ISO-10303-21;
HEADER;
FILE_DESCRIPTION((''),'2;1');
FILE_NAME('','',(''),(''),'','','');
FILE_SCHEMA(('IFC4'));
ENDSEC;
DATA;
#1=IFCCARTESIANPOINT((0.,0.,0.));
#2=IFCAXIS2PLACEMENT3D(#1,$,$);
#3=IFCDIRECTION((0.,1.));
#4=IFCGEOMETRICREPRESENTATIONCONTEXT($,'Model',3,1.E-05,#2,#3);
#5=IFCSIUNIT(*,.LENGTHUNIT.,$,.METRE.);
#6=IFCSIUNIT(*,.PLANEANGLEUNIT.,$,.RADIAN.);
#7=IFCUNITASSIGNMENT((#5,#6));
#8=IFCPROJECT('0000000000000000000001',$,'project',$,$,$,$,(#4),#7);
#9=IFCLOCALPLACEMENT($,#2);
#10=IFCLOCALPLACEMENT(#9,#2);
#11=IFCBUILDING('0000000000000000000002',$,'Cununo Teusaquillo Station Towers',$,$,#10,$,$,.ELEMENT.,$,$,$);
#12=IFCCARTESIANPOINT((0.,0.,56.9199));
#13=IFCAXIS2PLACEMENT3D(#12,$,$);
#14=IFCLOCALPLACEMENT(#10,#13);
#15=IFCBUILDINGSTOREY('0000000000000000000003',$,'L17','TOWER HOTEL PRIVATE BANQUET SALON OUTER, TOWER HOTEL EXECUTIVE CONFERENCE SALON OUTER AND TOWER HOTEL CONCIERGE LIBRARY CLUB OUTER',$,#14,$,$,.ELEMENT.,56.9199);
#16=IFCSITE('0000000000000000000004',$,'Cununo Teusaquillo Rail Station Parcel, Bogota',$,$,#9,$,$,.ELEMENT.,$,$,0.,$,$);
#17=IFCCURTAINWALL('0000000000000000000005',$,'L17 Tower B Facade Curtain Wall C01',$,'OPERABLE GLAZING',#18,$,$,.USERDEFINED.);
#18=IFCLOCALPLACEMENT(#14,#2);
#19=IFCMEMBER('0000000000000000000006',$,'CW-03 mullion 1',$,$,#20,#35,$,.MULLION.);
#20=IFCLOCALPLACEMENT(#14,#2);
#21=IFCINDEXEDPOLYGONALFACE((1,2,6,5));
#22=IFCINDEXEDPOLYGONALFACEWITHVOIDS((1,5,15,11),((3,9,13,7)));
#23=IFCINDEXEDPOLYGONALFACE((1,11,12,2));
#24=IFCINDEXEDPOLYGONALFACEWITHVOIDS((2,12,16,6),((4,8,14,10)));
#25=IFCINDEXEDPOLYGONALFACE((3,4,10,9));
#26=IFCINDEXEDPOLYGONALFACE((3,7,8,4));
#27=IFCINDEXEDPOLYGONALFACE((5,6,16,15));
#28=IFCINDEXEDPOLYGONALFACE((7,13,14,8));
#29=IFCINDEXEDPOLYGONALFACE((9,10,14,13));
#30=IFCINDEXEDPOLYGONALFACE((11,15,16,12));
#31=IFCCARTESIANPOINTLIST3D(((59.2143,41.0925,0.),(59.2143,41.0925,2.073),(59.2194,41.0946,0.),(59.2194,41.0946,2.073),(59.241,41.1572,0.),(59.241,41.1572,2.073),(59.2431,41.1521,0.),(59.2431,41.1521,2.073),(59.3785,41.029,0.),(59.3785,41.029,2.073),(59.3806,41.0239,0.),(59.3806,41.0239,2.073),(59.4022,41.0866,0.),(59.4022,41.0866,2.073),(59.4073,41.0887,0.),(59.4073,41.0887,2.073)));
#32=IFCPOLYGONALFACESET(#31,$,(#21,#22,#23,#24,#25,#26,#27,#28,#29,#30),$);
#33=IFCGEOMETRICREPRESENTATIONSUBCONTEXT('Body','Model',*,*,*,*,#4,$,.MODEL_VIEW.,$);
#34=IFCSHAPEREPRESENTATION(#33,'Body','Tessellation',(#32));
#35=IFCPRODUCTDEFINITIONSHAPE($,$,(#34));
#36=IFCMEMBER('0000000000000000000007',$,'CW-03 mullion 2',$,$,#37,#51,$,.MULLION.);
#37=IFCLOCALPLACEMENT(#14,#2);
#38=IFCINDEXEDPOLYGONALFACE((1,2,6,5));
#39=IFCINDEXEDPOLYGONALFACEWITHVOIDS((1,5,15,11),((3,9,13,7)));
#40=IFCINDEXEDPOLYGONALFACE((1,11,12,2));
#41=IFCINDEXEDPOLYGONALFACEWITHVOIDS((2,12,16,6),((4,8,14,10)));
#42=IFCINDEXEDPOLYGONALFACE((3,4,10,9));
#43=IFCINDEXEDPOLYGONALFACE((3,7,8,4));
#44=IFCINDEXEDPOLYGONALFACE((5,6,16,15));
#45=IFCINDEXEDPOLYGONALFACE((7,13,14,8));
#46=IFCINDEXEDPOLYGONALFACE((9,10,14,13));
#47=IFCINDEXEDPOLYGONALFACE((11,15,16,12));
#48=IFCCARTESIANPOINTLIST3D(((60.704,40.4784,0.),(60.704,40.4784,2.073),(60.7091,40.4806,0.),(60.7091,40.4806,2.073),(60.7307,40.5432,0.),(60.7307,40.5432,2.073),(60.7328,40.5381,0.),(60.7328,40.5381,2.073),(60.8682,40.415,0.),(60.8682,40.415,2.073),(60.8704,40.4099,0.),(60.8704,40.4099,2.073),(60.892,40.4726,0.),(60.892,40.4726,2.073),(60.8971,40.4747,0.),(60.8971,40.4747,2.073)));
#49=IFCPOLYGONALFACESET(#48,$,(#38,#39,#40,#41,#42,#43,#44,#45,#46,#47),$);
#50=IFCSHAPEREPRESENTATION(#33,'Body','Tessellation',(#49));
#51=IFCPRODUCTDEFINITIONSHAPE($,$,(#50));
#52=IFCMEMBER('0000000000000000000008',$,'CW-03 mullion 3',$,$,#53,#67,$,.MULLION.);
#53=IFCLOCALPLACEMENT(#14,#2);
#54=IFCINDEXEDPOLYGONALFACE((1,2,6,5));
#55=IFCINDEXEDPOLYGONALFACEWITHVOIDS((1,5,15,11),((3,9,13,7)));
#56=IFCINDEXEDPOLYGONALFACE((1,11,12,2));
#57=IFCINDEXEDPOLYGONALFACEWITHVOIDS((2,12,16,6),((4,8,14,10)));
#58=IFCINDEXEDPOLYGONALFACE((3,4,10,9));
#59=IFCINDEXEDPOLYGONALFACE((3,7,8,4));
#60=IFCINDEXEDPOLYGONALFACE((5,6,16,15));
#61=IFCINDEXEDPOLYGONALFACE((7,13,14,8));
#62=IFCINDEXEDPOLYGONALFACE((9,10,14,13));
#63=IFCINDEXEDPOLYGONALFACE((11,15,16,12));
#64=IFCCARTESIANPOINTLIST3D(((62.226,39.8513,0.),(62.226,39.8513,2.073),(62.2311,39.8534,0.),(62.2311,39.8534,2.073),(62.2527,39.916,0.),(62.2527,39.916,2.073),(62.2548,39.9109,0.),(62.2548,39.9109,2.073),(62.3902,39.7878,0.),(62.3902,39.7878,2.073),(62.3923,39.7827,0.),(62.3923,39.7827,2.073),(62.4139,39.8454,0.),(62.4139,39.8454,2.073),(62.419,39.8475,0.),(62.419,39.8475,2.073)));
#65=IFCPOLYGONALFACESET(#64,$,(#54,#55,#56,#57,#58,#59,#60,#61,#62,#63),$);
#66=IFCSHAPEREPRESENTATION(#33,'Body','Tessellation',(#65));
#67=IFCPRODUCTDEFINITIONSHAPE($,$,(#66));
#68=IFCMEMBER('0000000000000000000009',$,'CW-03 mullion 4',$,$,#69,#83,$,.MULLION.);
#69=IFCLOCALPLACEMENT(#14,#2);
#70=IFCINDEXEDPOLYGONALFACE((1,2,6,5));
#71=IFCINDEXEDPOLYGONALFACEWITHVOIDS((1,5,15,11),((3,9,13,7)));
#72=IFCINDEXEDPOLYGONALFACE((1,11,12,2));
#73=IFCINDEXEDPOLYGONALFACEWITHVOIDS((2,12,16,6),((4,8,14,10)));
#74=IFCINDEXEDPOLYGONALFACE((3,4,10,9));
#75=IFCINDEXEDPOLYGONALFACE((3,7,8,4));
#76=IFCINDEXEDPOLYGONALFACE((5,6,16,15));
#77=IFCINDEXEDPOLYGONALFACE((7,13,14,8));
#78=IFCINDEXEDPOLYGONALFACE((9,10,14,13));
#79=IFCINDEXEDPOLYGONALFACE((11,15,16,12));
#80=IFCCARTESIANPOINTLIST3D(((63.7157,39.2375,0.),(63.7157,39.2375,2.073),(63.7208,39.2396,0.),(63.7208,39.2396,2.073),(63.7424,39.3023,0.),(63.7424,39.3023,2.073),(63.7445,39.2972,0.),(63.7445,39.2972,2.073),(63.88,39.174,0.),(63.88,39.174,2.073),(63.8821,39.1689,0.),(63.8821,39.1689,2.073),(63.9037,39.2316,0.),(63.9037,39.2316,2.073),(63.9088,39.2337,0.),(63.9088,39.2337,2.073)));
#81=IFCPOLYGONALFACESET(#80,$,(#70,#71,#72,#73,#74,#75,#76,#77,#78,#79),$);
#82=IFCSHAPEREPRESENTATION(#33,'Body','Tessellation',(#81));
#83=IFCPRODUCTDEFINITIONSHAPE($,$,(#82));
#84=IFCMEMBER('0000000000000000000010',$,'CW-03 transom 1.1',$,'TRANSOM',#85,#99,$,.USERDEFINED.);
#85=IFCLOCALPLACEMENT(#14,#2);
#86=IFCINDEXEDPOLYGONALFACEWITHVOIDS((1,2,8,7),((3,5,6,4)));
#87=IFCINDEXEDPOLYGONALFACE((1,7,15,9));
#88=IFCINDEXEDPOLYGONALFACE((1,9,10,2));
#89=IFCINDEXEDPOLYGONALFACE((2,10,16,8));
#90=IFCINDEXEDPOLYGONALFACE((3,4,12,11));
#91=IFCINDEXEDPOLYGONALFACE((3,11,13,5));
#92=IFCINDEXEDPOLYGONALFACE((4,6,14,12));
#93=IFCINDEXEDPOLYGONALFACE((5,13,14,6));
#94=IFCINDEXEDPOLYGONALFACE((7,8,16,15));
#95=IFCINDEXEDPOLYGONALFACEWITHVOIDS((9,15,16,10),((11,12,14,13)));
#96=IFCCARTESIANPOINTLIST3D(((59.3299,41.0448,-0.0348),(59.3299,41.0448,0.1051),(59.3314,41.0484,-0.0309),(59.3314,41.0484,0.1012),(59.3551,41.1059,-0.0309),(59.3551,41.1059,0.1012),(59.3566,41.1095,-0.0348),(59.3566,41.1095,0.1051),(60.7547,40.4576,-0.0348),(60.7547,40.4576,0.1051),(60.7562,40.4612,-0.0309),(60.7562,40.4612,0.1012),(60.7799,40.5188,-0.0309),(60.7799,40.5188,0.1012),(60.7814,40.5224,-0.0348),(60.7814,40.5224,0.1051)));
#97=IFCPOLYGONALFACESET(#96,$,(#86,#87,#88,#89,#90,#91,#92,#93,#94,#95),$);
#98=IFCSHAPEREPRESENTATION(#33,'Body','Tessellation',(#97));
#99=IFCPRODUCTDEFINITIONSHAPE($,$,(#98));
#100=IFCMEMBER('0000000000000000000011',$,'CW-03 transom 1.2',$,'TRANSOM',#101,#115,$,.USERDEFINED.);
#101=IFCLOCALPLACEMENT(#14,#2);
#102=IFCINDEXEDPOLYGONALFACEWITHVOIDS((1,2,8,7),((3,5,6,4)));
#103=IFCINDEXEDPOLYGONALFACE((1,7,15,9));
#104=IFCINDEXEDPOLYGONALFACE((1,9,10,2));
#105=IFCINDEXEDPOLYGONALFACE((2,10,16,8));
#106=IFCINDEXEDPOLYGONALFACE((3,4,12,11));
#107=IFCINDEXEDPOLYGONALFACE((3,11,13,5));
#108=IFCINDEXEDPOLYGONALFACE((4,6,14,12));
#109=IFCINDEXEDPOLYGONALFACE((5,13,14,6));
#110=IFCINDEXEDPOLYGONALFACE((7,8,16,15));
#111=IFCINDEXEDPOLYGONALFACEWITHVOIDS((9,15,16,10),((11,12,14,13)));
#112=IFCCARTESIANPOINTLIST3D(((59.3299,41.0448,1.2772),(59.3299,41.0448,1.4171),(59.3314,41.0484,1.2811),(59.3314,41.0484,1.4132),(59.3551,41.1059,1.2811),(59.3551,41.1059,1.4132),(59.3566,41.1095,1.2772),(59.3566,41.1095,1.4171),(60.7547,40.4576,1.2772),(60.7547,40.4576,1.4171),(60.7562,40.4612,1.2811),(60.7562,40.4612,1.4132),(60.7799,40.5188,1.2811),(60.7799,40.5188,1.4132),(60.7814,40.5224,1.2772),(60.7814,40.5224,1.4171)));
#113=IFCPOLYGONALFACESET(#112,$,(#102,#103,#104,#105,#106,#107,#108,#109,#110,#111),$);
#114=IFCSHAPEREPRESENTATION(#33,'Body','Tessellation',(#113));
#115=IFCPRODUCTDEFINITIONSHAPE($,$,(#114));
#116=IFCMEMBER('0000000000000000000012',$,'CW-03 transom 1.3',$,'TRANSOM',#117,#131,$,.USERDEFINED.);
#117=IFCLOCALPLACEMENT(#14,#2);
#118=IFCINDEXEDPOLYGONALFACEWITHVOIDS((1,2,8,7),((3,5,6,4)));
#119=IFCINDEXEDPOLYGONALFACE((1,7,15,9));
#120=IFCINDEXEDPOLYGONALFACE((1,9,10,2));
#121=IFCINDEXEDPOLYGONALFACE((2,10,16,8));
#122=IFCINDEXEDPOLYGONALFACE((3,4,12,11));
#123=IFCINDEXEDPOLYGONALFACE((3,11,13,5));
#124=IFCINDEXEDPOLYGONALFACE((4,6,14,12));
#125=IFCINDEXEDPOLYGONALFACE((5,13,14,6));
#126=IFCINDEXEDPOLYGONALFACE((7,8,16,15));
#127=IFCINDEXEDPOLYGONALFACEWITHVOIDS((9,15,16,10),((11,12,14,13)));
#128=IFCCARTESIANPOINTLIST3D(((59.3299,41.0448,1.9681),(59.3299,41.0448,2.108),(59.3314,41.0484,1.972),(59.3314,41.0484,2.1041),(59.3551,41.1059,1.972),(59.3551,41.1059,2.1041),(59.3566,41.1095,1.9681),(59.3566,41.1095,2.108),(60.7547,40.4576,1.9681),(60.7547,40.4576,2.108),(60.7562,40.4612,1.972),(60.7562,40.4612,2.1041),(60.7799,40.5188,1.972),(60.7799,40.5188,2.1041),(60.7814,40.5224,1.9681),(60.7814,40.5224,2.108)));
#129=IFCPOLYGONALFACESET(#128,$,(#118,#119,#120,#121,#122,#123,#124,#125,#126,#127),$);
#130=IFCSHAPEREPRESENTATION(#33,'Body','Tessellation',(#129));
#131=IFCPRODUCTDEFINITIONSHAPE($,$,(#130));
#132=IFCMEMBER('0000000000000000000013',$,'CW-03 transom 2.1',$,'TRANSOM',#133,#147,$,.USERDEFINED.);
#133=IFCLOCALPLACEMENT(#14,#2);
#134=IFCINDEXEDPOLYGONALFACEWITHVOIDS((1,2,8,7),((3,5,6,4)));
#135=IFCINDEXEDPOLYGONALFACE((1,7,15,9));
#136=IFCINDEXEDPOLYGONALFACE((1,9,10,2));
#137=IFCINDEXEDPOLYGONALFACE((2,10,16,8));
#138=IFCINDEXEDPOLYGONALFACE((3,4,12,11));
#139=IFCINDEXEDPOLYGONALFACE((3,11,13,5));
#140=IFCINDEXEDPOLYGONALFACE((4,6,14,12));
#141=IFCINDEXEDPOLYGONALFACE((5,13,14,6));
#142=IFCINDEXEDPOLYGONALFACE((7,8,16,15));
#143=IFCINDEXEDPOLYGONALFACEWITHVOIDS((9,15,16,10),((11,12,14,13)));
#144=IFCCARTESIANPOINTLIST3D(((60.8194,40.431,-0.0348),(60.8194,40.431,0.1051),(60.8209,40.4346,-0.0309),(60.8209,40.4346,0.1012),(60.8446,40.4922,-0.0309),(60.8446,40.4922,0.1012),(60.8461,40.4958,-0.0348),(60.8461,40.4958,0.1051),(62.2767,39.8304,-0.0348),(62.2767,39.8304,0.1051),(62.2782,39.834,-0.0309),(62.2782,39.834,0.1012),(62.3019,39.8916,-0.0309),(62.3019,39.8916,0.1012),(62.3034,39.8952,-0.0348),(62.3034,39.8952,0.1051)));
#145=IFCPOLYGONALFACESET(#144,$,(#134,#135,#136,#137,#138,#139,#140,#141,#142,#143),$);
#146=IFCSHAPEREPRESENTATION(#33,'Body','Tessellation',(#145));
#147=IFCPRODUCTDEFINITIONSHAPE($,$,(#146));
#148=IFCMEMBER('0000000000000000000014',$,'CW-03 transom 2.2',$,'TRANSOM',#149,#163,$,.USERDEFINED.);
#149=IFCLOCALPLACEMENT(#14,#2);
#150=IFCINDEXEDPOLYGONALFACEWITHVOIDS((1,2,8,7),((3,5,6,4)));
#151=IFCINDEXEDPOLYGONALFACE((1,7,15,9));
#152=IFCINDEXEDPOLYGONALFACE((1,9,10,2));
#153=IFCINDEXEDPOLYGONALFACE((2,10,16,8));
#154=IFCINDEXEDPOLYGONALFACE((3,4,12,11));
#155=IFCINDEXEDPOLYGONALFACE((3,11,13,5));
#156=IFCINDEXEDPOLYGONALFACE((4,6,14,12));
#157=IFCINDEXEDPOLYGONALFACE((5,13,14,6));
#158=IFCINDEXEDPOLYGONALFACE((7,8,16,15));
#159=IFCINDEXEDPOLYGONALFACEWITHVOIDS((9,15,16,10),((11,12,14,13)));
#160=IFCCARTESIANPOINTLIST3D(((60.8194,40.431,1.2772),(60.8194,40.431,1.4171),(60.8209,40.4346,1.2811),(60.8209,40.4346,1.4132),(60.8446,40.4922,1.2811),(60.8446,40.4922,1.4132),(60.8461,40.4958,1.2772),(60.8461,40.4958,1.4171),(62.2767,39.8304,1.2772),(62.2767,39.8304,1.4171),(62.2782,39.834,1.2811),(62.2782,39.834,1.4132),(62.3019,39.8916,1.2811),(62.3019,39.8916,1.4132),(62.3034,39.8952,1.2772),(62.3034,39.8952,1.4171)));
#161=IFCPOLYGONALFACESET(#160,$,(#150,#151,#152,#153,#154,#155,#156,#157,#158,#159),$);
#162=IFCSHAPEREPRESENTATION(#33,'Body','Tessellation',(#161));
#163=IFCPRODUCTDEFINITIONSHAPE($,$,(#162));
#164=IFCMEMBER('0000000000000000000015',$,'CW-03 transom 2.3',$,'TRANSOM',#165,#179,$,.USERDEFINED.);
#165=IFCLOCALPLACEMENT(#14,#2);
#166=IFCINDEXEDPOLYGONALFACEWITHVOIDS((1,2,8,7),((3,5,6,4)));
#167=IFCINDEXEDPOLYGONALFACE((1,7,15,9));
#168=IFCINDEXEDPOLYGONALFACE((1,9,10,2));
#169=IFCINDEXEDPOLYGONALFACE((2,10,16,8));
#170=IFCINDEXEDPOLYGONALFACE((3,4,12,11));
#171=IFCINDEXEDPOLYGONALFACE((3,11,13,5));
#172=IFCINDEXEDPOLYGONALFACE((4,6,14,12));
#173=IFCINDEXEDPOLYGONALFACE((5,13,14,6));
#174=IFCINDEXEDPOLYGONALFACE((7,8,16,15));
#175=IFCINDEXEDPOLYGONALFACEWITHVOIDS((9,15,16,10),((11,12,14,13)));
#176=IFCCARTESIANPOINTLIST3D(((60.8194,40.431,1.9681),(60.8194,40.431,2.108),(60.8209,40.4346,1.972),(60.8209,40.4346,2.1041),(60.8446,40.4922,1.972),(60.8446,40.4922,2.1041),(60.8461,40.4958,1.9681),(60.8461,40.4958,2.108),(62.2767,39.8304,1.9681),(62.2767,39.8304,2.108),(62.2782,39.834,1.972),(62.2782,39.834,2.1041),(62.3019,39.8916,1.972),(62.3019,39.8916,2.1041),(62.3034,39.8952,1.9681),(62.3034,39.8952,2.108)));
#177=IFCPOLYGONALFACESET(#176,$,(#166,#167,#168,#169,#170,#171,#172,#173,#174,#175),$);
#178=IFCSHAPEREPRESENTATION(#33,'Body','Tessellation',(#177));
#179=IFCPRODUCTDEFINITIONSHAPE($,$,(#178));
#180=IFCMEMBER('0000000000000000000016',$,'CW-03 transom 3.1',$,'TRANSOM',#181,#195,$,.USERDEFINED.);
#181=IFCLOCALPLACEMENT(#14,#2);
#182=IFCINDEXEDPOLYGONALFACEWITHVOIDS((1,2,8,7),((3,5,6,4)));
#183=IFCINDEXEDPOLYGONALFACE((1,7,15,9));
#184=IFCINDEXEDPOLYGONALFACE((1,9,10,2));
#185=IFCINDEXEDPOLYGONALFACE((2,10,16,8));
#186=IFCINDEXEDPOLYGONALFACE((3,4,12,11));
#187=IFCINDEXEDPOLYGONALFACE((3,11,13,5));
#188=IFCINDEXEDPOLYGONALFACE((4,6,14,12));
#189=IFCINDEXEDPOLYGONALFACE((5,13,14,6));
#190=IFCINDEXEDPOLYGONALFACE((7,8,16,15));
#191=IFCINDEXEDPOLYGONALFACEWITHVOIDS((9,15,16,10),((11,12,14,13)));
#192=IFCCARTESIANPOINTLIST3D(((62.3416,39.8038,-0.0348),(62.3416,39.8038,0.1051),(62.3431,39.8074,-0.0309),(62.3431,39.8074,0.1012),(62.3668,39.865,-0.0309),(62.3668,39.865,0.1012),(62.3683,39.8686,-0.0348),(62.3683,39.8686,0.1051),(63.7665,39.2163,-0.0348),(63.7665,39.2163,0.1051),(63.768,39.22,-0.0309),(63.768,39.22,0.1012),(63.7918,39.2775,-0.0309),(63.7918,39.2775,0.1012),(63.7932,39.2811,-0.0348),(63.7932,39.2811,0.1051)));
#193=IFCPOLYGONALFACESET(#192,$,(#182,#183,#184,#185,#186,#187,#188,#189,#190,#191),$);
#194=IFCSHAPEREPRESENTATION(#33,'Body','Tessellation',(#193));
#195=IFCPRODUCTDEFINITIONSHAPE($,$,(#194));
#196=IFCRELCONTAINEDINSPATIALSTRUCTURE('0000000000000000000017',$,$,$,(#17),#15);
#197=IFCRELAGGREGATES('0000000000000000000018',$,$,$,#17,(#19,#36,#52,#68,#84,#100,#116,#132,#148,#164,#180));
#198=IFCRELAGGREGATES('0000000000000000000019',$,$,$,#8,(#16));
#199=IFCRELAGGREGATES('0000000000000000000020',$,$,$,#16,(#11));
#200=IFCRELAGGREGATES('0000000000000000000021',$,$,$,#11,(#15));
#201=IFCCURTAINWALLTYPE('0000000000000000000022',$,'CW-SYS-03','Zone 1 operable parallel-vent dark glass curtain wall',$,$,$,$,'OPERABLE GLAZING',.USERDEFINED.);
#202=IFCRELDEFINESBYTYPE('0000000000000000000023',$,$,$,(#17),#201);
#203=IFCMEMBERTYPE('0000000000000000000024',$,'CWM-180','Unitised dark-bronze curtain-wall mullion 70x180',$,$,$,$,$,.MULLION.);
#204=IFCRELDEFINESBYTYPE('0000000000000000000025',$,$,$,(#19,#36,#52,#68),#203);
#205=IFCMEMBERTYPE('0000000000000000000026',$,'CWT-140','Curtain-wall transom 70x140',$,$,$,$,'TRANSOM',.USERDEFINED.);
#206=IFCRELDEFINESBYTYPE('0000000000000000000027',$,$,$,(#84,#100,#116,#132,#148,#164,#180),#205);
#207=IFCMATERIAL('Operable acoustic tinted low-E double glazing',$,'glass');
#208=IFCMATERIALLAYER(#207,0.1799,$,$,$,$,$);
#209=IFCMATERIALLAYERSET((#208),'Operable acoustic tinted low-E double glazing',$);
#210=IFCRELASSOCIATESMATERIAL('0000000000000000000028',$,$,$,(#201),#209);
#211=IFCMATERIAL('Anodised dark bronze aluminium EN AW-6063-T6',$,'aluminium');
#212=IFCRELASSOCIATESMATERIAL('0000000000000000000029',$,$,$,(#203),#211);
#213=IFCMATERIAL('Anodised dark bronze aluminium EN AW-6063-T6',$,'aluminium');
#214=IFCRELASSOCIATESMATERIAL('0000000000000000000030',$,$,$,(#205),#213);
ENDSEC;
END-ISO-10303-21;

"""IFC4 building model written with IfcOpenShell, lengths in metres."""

from ifc_helpers import new_model, si_unit, direction, frame, origin, origin_2d, place, context, subcontext, project, spatial, hollow_rectangle, extrude, material, layer, layer_set, material_profile, profile_set, type_object, element, aggregate, save


model = new_model("IFC4")

# Units and contexts
model_context = context("Model", 3, precision=1e-05, world=origin(), true_north=direction((0.0, 1.0)))
body_context = subcontext(model_context, "Body", "Model", "MODEL_VIEW")
ifc_project = project(units=[si_unit("LENGTHUNIT", "METRE"), si_unit("PLANEANGLEUNIT", "RADIAN")], contexts=[model_context])

# Site, building, storey
site_placement = place(None, origin())
site = spatial("IfcSite", under=ifc_project, at=site_placement, Name="Cununo Teusaquillo Rail Station Parcel, Bogota", CompositionType="ELEMENT", RefElevation=0.0)
building_placement = place(site_placement, origin())
building = spatial("IfcBuilding", under=site, at=building_placement, Name="Cununo Teusaquillo Station Towers", CompositionType="ELEMENT")
storey_placement = place(building_placement, frame((0.0, 0.0, 56.9199)))
storey = spatial("IfcBuildingStorey", under=building, at=storey_placement, Name="L17", Description="TOWER HOTEL PRIVATE BANQUET SALON OUTER, TOWER HOTEL EXECUTIVE CONFERENCE SALON OUTER AND TOWER HOTEL CONCIERGE LIBRARY CLUB OUTER", CompositionType="ELEMENT", Elevation=56.9199)

# Curtain wall, members
ifc_material_1 = material(Name="Operable acoustic tinted low-E double glazing", Category="glass")
ifc_layer_1 = layer(ifc_material_1, 0.1799)
ifc_layer_set_1 = layer_set([ifc_layer_1], Name="Operable acoustic tinted low-E double glazing")
curtain_wall_type = type_object("IfcCurtainWallType", Name="CW-SYS-03", Description="Zone 1 operable parallel-vent dark glass curtain wall", ElementType="OPERABLE GLAZING", PredefinedType="USERDEFINED", material=ifc_layer_set_1)
curtain_wall_placement = place(storey_placement, origin())
curtain_wall = element("IfcCurtainWall", 1, at=curtain_wall_placement, inside=storey, type_object=curtain_wall_type, Name="L17 Tower B Facade Curtain Wall C01", ObjectType="OPERABLE GLAZING", PredefinedType="USERDEFINED")
ifc_material_2 = material(Name="Anodised dark bronze aluminium EN AW-6063-T6", Category="aluminium")
ifc_material_profile_1 = material_profile(ifc_material_2, hollow_rectangle(XDim=0.0701, YDim=0.1799, WallThickness=0.0039, at=origin_2d()), Name="CW-MULL-70x180")
ifc_profile_set_1 = profile_set([ifc_material_profile_1], Name="Anodised dark bronze aluminium EN AW-6063-T6")
member_type_1 = type_object("IfcMemberType", Name="CWM-180", Description="Unitised dark-bronze curtain-wall mullion 70x180", PredefinedType="MULLION", material=ifc_profile_set_1)
member_1_placement = place(storey_placement, frame((59.3108, 41.0906, 0.0), z_axis=(0.0, 0.0, 1.0), x_axis=(0.381006, 0.924572, 0.0)))
member_1 = element("IfcMember", 2, at=member_1_placement, type_object=member_type_1, Name="CW-03 mullion 1", PredefinedType="MULLION", context=body_context, shape_type="SweptSolid", body=[
    extrude(hollow_rectangle(XDim=0.0701, YDim=0.1799, WallThickness=0.0039, at=origin_2d()), origin(), (0.0, 0.0, 1.0), 2.073),
])
member_2_placement = place(storey_placement, frame((60.8005, 40.4766, 0.0), z_axis=(0.0, 0.0, 1.0), x_axis=(0.381006, 0.924572, 0.0)))
member_2 = element("IfcMember", 3, at=member_2_placement, type_object=member_type_1, Name="CW-03 mullion 2", PredefinedType="MULLION", context=body_context, shape_type="SweptSolid", body=[
    extrude(hollow_rectangle(XDim=0.0701, YDim=0.1799, WallThickness=0.0039, at=origin_2d()), origin(), (0.0, 0.0, 1.0), 2.073),
])
member_3_placement = place(storey_placement, frame((62.3225, 39.8494, 0.0), z_axis=(0.0, 0.0, 1.0), x_axis=(0.381006, 0.924572, 0.0)))
member_3 = element("IfcMember", 4, at=member_3_placement, type_object=member_type_1, Name="CW-03 mullion 3", PredefinedType="MULLION", context=body_context, shape_type="SweptSolid", body=[
    extrude(hollow_rectangle(XDim=0.0701, YDim=0.1799, WallThickness=0.0039, at=origin_2d()), origin(), (0.0, 0.0, 1.0), 2.073),
])
member_4_placement = place(storey_placement, frame((63.8123, 39.2356, 0.0), z_axis=(0.0, 0.0, 1.0), x_axis=(0.381006, 0.924572, 0.0)))
member_4 = element("IfcMember", 5, at=member_4_placement, type_object=member_type_1, Name="CW-03 mullion 4", PredefinedType="MULLION", context=body_context, shape_type="SweptSolid", body=[
    extrude(hollow_rectangle(XDim=0.0701, YDim=0.1799, WallThickness=0.0039, at=origin_2d()), origin(), (0.0, 0.0, 1.0), 2.073),
])
ifc_material_3 = material(Name="Anodised dark bronze aluminium EN AW-6063-T6", Category="aluminium")
ifc_material_profile_2 = material_profile(ifc_material_3, hollow_rectangle(XDim=0.0701, YDim=0.1399, WallThickness=0.0039, at=origin_2d()), Name="CW-TRAN-70x140")
ifc_profile_set_2 = profile_set([ifc_material_profile_2], Name="Anodised dark bronze aluminium EN AW-6063-T6")
member_type_2 = type_object("IfcMemberType", Name="CWT-140", Description="Curtain-wall transom 70x140", ElementType="TRANSOM", PredefinedType="USERDEFINED", material=ifc_profile_set_2)
member_5_placement = place(storey_placement, frame((59.3433, 41.0771, 0.0352), z_axis=(0.92457, -0.381013, 0.0), x_axis=(0.381013, 0.92457, 0.0)))
member_5 = element("IfcMember", 6, at=member_5_placement, type_object=member_type_2, Name="CW-03 transom 1.1", ObjectType="TRANSOM", PredefinedType="USERDEFINED", context=body_context, shape_type="SweptSolid", body=[
    extrude(hollow_rectangle(XDim=0.0701, YDim=0.1399, WallThickness=0.0039, at=origin_2d()), origin(), (0.0, 0.0, 1.0), 1.541),
])
member_6_placement = place(storey_placement, frame((59.3433, 41.0771, 1.3472), z_axis=(0.92457, -0.381013, 0.0), x_axis=(0.381013, 0.92457, 0.0)))
member_6 = element("IfcMember", 7, at=member_6_placement, type_object=member_type_2, Name="CW-03 transom 1.2", ObjectType="TRANSOM", PredefinedType="USERDEFINED", context=body_context, shape_type="SweptSolid", body=[
    extrude(hollow_rectangle(XDim=0.0701, YDim=0.1399, WallThickness=0.0039, at=origin_2d()), origin(), (0.0, 0.0, 1.0), 1.541),
])
member_7_placement = place(storey_placement, frame((59.3433, 41.0771, 2.0381), z_axis=(0.92457, -0.381013, 0.0), x_axis=(0.381013, 0.92457, 0.0)))
member_7 = element("IfcMember", 8, at=member_7_placement, type_object=member_type_2, Name="CW-03 transom 1.3", ObjectType="TRANSOM", PredefinedType="USERDEFINED", context=body_context, shape_type="SweptSolid", body=[
    extrude(hollow_rectangle(XDim=0.0701, YDim=0.1399, WallThickness=0.0039, at=origin_2d()), origin(), (0.0, 0.0, 1.0), 1.541),
])
member_8_placement = place(storey_placement, frame((60.8328, 40.4634, 0.0352), z_axis=(0.924559, -0.381038, 0.0), x_axis=(0.381038, 0.924559, 0.0)))
member_8 = element("IfcMember", 9, at=member_8_placement, type_object=member_type_2, Name="CW-03 transom 2.1", ObjectType="TRANSOM", PredefinedType="USERDEFINED", context=body_context, shape_type="SweptSolid", body=[
    extrude(hollow_rectangle(XDim=0.0701, YDim=0.1399, WallThickness=0.0039, at=origin_2d()), origin(), (0.0, 0.0, 1.0), 1.5762),
])
member_9_placement = place(storey_placement, frame((60.8328, 40.4634, 1.3472), z_axis=(0.924559, -0.381038, 0.0), x_axis=(0.381038, 0.924559, 0.0)))
member_9 = element("IfcMember", 10, at=member_9_placement, type_object=member_type_2, Name="CW-03 transom 2.2", ObjectType="TRANSOM", PredefinedType="USERDEFINED", context=body_context, shape_type="SweptSolid", body=[
    extrude(hollow_rectangle(XDim=0.0701, YDim=0.1399, WallThickness=0.0039, at=origin_2d()), origin(), (0.0, 0.0, 1.0), 1.5762),
])
member_10_placement = place(storey_placement, frame((60.8328, 40.4634, 2.0381), z_axis=(0.924559, -0.381038, 0.0), x_axis=(0.381038, 0.924559, 0.0)))
member_10 = element("IfcMember", 11, at=member_10_placement, type_object=member_type_2, Name="CW-03 transom 2.3", ObjectType="TRANSOM", PredefinedType="USERDEFINED", context=body_context, shape_type="SweptSolid", body=[
    extrude(hollow_rectangle(XDim=0.0701, YDim=0.1399, WallThickness=0.0039, at=origin_2d()), origin(), (0.0, 0.0, 1.0), 1.5762),
])
member_11_placement = place(storey_placement, frame((62.355, 39.8362, 0.0352), z_axis=(0.924514, -0.381148, 0.0), x_axis=(0.381148, 0.924514, 0.0)))
member_11 = element("IfcMember", 12, at=member_11_placement, type_object=member_type_2, Name="CW-03 transom 3.1", ObjectType="TRANSOM", PredefinedType="USERDEFINED", context=body_context, shape_type="SweptSolid", body=[
    extrude(hollow_rectangle(XDim=0.0701, YDim=0.1399, WallThickness=0.0039, at=origin_2d()), origin(), (0.0, 0.0, 1.0), 1.5413),
])

aggregate(curtain_wall, [member_1, member_2, member_3, member_4, member_5, member_6, member_7, member_8, member_9, member_10, member_11])

save(model, "model.ifc")
